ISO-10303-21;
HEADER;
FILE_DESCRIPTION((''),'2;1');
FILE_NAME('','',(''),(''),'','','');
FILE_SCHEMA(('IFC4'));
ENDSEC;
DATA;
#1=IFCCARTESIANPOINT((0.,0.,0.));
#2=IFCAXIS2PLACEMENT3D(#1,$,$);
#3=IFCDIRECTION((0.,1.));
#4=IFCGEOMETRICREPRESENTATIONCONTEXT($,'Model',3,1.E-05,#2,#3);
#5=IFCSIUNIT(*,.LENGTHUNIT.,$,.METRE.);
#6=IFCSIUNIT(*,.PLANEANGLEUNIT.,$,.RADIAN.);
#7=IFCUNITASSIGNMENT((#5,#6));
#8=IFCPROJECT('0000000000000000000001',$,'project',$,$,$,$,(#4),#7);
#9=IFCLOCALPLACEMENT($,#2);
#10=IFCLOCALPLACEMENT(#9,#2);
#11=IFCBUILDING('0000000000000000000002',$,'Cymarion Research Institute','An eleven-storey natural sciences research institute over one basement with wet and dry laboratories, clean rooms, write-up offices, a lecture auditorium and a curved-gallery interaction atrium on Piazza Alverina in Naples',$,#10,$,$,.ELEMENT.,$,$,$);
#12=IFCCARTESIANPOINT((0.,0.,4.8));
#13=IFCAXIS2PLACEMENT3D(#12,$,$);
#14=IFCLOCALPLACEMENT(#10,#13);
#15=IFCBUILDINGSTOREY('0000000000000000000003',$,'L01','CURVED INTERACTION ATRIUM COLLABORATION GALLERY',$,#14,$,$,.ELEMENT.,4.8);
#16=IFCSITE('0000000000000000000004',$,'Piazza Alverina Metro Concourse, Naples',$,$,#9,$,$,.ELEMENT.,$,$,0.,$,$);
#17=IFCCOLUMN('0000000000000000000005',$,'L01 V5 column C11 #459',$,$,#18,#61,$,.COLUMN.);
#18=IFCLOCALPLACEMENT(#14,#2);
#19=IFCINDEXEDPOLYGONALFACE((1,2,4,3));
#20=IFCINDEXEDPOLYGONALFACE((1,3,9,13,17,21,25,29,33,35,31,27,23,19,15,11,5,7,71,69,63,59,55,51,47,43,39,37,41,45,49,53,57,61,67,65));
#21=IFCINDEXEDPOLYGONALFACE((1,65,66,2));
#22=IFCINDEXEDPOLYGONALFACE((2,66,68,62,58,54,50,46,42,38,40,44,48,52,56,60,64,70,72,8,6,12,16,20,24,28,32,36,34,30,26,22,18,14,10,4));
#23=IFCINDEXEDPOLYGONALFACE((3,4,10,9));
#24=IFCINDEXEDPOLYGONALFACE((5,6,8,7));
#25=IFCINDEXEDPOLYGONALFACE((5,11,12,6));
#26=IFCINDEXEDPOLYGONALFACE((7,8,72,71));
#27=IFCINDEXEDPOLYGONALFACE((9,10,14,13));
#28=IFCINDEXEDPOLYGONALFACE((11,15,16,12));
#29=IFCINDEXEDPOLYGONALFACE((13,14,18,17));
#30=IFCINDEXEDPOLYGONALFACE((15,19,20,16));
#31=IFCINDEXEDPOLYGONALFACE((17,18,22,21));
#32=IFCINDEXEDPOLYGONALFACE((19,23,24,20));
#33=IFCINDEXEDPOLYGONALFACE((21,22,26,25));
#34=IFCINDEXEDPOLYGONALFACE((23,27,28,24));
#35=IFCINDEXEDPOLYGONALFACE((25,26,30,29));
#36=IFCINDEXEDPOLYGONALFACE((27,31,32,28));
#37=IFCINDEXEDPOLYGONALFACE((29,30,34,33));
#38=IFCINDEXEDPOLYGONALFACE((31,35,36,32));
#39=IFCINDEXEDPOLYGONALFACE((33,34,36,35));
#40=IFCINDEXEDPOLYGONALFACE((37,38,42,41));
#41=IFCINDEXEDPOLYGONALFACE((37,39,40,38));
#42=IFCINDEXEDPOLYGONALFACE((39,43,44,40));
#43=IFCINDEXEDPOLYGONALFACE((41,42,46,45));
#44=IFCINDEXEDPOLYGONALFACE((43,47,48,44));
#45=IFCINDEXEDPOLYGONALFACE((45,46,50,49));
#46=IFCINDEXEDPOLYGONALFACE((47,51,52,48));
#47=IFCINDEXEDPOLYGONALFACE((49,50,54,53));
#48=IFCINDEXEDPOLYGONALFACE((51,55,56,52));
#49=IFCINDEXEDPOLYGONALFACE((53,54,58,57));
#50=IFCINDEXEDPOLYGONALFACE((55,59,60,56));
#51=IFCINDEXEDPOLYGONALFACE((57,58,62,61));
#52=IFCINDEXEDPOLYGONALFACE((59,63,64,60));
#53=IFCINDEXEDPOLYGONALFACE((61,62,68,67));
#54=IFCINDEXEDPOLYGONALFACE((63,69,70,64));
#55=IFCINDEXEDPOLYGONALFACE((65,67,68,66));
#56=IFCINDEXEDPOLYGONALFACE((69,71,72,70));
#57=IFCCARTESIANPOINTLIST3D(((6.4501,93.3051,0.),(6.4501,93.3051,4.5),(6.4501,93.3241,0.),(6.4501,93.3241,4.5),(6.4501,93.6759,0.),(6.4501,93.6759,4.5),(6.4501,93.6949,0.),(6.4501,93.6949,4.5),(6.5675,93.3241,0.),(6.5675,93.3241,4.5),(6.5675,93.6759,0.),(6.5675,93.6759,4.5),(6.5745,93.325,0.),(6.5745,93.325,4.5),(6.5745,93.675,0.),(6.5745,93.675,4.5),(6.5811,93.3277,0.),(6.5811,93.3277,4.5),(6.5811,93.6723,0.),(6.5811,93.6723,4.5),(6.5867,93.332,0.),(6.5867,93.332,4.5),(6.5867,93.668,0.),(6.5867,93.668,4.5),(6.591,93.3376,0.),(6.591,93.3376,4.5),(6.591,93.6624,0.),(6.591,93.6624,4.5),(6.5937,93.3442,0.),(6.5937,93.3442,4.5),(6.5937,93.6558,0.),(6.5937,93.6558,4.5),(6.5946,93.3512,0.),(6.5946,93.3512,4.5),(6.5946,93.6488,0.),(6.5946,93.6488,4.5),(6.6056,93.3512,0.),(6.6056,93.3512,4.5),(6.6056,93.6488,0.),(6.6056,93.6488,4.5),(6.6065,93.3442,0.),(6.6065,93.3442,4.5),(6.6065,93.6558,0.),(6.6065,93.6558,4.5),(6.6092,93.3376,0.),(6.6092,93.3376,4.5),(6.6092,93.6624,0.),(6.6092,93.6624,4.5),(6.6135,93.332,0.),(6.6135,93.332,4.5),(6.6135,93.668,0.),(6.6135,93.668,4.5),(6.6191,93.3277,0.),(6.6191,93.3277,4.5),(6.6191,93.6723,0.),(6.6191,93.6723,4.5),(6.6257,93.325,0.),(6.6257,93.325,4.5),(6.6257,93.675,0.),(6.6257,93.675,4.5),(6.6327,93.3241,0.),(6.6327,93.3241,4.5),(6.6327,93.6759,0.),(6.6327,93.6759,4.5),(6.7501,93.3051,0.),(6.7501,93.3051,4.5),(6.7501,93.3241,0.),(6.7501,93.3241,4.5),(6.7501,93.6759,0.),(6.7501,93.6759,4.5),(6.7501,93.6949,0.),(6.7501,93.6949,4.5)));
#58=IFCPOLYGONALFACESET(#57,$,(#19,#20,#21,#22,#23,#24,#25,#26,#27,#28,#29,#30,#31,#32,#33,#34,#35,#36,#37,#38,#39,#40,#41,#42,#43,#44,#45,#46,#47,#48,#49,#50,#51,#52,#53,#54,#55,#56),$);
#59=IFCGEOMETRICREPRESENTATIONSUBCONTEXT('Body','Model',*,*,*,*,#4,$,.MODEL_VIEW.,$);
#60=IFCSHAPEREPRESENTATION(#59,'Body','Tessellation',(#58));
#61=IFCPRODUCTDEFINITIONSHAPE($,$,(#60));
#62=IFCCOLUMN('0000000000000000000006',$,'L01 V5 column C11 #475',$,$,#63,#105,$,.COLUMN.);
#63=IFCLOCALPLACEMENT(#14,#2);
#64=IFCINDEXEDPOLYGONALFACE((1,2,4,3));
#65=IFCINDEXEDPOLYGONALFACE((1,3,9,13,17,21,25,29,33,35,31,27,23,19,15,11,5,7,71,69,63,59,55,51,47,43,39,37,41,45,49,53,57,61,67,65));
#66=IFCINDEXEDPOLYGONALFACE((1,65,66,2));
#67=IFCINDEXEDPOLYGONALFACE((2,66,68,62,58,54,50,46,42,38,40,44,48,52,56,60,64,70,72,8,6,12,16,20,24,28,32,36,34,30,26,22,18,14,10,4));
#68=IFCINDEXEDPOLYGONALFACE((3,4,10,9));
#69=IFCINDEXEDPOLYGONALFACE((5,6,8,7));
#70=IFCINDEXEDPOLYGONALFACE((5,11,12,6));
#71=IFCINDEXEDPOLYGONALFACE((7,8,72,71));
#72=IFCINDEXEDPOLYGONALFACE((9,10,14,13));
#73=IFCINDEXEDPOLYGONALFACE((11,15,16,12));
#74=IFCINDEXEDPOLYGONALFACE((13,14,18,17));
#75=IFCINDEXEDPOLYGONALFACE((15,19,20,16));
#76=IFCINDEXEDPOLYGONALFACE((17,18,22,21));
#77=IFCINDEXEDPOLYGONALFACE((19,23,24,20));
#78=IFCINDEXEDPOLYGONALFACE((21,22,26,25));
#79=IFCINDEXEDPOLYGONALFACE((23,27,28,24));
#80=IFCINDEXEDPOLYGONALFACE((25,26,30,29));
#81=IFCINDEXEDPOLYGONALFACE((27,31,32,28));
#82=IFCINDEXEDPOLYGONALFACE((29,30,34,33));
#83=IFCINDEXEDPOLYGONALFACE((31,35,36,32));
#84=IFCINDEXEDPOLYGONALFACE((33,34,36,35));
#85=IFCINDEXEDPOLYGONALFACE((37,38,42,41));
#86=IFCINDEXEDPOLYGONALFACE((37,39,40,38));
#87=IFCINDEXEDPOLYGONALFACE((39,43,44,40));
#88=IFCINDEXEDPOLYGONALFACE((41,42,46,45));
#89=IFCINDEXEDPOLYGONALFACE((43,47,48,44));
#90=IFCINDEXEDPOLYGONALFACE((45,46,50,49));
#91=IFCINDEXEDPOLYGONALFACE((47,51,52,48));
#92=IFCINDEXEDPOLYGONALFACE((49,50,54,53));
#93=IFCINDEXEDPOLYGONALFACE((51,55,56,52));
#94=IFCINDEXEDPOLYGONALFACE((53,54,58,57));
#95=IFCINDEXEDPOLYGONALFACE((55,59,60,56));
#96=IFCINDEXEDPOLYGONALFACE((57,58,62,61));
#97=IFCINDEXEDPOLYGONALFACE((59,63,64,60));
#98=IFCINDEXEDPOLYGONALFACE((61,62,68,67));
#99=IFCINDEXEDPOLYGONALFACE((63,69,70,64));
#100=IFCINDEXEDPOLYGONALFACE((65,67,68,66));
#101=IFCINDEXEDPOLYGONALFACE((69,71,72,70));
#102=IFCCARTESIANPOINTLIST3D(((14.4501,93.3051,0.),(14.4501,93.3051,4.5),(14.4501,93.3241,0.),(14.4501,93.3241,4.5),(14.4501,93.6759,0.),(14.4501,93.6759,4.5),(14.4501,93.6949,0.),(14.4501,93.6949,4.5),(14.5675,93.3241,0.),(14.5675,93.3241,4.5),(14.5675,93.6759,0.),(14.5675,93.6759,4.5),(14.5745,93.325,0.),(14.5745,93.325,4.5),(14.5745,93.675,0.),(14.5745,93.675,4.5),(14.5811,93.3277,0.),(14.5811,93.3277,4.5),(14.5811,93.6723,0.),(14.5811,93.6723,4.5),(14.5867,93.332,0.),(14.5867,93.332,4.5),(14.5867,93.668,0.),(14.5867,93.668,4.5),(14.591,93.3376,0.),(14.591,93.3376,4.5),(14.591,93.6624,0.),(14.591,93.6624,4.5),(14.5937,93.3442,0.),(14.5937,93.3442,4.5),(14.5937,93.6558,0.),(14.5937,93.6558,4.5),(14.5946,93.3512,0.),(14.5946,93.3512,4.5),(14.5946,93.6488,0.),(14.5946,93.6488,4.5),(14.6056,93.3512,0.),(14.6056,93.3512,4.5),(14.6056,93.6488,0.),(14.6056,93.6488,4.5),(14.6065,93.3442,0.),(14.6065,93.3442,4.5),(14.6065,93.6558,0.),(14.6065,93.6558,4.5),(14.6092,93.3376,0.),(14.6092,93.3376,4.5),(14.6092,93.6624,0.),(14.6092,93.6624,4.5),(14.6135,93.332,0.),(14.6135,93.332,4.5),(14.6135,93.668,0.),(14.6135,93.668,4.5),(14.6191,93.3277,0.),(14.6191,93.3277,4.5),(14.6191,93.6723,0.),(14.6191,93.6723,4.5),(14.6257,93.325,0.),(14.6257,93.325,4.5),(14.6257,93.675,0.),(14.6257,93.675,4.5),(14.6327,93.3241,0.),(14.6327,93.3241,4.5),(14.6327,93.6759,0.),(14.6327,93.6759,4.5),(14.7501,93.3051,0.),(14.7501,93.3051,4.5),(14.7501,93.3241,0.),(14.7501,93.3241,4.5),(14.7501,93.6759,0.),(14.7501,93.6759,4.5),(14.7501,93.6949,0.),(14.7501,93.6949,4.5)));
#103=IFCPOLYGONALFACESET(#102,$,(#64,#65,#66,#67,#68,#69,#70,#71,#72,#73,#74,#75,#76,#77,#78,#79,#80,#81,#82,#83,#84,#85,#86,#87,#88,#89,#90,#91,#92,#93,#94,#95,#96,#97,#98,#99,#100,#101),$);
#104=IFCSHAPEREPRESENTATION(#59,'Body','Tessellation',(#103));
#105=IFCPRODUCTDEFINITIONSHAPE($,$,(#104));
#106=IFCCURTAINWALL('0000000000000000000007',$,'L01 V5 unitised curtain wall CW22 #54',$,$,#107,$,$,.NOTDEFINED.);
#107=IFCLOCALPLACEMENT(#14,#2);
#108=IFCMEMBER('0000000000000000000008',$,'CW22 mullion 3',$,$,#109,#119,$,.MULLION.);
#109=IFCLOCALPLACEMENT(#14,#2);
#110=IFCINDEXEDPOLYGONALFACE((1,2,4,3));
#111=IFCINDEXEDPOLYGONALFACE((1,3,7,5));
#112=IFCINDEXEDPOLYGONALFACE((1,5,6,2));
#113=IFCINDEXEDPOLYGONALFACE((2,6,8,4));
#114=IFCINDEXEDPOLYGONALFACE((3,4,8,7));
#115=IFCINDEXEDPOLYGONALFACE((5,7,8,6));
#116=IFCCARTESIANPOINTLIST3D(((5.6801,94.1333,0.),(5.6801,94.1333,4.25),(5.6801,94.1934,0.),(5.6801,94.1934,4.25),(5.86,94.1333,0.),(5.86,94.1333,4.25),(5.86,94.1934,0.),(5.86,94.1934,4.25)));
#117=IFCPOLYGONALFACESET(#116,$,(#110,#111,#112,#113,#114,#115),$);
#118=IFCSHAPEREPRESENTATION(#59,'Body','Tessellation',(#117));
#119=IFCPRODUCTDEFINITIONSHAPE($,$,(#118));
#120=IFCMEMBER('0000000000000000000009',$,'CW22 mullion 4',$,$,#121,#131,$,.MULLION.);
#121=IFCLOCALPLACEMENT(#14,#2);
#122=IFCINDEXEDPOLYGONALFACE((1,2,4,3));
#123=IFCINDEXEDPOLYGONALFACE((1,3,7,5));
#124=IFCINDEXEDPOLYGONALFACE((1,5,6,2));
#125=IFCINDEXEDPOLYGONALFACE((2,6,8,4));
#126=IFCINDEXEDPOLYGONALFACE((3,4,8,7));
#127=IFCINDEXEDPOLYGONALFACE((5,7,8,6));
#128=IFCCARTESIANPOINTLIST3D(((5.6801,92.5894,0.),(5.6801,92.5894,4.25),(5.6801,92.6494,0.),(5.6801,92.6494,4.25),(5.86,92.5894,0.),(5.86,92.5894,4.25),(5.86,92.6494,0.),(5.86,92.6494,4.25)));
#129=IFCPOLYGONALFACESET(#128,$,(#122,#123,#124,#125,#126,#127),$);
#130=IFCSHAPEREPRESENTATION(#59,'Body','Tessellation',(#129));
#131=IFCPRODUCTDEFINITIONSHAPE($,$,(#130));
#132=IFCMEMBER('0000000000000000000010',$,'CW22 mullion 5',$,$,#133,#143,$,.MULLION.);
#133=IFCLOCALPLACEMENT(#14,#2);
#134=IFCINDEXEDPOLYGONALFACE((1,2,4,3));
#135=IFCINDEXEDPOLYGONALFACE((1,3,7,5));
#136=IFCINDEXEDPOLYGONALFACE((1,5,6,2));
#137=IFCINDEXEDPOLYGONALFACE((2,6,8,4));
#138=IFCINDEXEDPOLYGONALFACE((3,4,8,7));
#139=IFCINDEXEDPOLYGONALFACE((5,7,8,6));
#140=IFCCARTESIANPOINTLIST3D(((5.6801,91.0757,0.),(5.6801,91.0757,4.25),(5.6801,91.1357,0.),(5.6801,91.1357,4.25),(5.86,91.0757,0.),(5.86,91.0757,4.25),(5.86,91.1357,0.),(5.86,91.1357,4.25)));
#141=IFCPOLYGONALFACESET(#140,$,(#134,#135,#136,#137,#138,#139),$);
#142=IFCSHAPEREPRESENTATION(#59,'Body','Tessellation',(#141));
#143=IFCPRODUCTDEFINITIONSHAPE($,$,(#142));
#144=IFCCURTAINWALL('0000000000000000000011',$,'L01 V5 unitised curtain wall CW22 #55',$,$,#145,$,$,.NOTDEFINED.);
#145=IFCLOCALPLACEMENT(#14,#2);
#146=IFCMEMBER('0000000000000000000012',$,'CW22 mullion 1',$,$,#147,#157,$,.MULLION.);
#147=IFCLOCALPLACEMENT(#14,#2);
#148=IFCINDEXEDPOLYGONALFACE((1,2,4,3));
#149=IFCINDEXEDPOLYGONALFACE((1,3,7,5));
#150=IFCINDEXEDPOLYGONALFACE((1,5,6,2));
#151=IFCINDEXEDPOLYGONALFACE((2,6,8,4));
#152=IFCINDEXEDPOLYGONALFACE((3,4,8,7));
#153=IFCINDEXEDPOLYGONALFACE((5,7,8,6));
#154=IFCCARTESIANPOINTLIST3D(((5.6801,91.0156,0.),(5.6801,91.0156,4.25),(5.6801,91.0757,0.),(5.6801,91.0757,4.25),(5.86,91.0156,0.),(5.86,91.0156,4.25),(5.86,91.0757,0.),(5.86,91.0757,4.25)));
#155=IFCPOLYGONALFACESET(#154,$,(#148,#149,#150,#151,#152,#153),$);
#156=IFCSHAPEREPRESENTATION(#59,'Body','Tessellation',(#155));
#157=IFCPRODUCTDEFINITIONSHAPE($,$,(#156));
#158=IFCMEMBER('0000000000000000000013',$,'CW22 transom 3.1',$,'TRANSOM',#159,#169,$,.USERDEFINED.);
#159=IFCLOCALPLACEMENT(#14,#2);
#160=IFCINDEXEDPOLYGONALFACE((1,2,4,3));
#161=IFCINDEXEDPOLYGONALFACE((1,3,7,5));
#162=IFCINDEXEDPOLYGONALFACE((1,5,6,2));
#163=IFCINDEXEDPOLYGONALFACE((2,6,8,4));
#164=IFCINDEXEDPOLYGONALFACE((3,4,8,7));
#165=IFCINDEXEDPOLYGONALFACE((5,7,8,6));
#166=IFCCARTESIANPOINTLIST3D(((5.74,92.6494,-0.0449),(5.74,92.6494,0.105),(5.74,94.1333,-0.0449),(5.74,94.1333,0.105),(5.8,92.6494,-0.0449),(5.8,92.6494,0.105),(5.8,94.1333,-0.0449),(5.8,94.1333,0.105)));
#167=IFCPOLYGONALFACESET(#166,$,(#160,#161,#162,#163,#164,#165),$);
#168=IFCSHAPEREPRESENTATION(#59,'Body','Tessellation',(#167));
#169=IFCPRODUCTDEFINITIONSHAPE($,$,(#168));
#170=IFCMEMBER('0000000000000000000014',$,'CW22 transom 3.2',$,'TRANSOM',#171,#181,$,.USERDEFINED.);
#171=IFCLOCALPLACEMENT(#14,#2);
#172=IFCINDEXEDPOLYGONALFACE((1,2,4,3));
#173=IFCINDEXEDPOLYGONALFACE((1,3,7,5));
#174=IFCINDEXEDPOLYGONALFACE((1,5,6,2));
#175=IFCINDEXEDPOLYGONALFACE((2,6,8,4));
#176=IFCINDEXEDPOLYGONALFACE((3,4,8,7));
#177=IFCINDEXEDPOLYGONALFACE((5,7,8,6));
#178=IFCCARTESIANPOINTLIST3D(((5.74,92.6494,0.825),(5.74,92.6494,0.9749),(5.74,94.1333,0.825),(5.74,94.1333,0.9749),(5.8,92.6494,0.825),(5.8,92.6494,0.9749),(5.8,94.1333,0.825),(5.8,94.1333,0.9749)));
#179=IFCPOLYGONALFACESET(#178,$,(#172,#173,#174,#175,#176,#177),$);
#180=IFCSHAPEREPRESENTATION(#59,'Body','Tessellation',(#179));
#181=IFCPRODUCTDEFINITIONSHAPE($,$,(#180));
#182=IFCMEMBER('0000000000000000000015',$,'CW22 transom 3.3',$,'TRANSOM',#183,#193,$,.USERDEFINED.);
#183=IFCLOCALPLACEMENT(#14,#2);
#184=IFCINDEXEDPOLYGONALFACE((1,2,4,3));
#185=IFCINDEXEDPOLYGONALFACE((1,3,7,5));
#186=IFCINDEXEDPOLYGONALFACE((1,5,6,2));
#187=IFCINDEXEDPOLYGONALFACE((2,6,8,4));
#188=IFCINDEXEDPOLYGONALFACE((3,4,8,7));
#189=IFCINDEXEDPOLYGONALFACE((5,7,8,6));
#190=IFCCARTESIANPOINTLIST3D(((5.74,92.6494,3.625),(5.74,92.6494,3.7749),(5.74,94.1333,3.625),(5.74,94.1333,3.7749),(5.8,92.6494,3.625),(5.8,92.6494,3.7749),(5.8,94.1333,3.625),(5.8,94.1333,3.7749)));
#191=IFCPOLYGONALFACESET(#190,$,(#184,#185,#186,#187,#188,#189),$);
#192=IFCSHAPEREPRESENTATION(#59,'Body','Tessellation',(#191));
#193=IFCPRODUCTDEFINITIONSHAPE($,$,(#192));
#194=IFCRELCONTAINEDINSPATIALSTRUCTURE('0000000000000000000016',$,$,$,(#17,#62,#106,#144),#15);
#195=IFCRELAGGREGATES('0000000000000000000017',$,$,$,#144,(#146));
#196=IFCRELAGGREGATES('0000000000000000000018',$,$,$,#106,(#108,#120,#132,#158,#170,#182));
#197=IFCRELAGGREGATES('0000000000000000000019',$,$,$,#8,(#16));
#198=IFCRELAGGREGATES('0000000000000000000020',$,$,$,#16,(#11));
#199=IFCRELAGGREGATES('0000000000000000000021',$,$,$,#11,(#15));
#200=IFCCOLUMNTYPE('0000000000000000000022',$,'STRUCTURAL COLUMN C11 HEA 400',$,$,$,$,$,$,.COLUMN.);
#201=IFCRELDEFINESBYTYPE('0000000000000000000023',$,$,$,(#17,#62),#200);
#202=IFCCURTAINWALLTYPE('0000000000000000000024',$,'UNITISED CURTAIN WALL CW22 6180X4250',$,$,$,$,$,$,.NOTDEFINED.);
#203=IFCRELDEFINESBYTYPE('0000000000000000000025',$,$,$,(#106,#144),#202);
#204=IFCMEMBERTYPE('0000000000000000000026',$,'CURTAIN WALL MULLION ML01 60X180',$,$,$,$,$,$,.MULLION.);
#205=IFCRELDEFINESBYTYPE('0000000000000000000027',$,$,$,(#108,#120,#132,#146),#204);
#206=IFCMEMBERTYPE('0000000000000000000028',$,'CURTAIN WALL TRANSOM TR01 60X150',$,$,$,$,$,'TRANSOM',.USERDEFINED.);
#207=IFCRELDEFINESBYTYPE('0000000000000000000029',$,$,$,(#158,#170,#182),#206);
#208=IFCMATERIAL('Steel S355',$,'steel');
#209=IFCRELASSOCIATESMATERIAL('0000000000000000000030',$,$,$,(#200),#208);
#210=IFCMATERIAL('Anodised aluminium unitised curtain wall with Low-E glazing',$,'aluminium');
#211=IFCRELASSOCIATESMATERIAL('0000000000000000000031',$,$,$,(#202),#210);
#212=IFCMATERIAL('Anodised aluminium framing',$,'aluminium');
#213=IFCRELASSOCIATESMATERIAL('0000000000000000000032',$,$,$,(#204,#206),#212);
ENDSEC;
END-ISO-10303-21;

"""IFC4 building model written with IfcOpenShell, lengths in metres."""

from ifc_helpers import new_model, si_unit, direction, frame, origin, origin_2d, place, context, subcontext, project, spatial, rectangle, i_section, extrude, material, material_profile, profile_set, type_object, element, aggregate, save


model = new_model("IFC4")

# Units and contexts
model_context = context("Model", 3, precision=1e-05, world=origin(), true_north=direction((0.0, 1.0)))
body_context = subcontext(model_context, "Body", "Model", "MODEL_VIEW")
ifc_project = project(units=[si_unit("LENGTHUNIT", "METRE"), si_unit("PLANEANGLEUNIT", "RADIAN")], contexts=[model_context])

# Site, building, storey
site_placement = place(None, origin())
site = spatial("IfcSite", under=ifc_project, at=site_placement, Name="Piazza Alverina Metro Concourse, Naples", CompositionType="ELEMENT", RefElevation=0.0)
building_placement = place(site_placement, origin())
building = spatial("IfcBuilding", under=site, at=building_placement, Name="Cymarion Research Institute", Description="An eleven-storey natural sciences research institute over one basement with wet and dry laboratories, clean rooms, write-up offices, a lecture auditorium and a curved-gallery interaction atrium on Piazza Alverina in Naples", CompositionType="ELEMENT")
storey_placement = place(building_placement, frame((0.0, 0.0, 4.8)))
storey = spatial("IfcBuildingStorey", under=building, at=storey_placement, Name="L01", Description="CURVED INTERACTION ATRIUM COLLABORATION GALLERY", CompositionType="ELEMENT", Elevation=4.8)

# Columns
ifc_material_1 = material(Name="Steel S355", Category="steel")
ifc_material_profile_1 = material_profile(ifc_material_1, i_section(OverallWidth=0.3, OverallDepth=0.3899, WebThickness=0.011, FlangeThickness=0.019, FilletRadius=0.0271, at=origin_2d()), Name="HEA 400")
ifc_profile_set_1 = profile_set([ifc_material_profile_1], Name="Steel S355")
column_type = type_object("IfcColumnType", Name="STRUCTURAL COLUMN C11 HEA 400", PredefinedType="COLUMN", material=ifc_profile_set_1)
for number, where, z_axis, x_axis, name in (
    (1, (6.6001, 93.5, 0.0), (0.0, 0.0, 1.0), (1.0, 0.0, 0.0), "L01 V5 column C11 #459"),
    (2, (14.6001, 93.5, 0.0), (0.0, 0.0, 1.0), (1.0, 0.0, 0.0), "L01 V5 column C11 #475"),
):
    element("IfcColumn", number, at=place(storey_placement, frame(where, z_axis=z_axis, x_axis=x_axis)), inside=storey, type_object=column_type, Name=name, PredefinedType="COLUMN", context=body_context, shape_type="SweptSolid", body=[
        extrude(i_section(OverallWidth=0.3, OverallDepth=0.3899, WebThickness=0.011, FlangeThickness=0.019, FilletRadius=0.0271, at=origin_2d()), origin(), (0.0, 0.0, 1.0), 4.5),
    ])

# Curtain wall, members
ifc_material_2 = material(Name="Anodised aluminium unitised curtain wall with Low-E glazing", Category="aluminium")
curtain_wall_type = type_object("IfcCurtainWallType", Name="UNITISED CURTAIN WALL CW22 6180X4250", PredefinedType="NOTDEFINED", material=ifc_material_2)
curtain_wall_1_placement = place(storey_placement, origin())
curtain_wall_1 = element("IfcCurtainWall", 3, at=curtain_wall_1_placement, inside=storey, type_object=curtain_wall_type, Name="L01 V5 unitised curtain wall CW22 #54", PredefinedType="NOTDEFINED")
ifc_material_3 = material(Name="Anodised aluminium framing", Category="aluminium")
ifc_material_profile_2 = material_profile(ifc_material_3, rectangle(XDim=0.0601, YDim=0.1799, at=origin_2d()), Name="ALU MULLION 60x180")
ifc_profile_set_2 = profile_set([ifc_material_profile_2], Name="Anodised aluminium framing")
member_type_1 = type_object("IfcMemberType", Name="CURTAIN WALL MULLION ML01 60X180", PredefinedType="MULLION", material=ifc_profile_set_2)
member_1_placement = place(storey_placement, frame((5.77, 94.1633, 0.0), z_axis=(0.0, 0.0, 1.0), x_axis=(0.0, -1.0, 0.0)))
member_1 = element("IfcMember", 4, at=member_1_placement, type_object=member_type_1, Name="CW22 mullion 3", PredefinedType="MULLION", context=body_context, shape_type="SweptSolid", body=[
    extrude(rectangle(XDim=0.0601, YDim=0.1799, at=origin_2d()), origin(), (0.0, 0.0, 1.0), 4.25),
])
member_2_placement = place(storey_placement, frame((5.77, 92.6194, 0.0), z_axis=(0.0, 0.0, 1.0), x_axis=(0.0, -1.0, 0.0)))
member_2 = element("IfcMember", 5, at=member_2_placement, type_object=member_type_1, Name="CW22 mullion 4", PredefinedType="MULLION", context=body_context, shape_type="SweptSolid", body=[
    extrude(rectangle(XDim=0.0601, YDim=0.1799, at=origin_2d()), origin(), (0.0, 0.0, 1.0), 4.25),
])
member_3_placement = place(storey_placement, frame((5.77, 91.1057, 0.0), z_axis=(0.0, 0.0, 1.0), x_axis=(0.0, -1.0, 0.0)))
member_3 = element("IfcMember", 6, at=member_3_placement, type_object=member_type_1, Name="CW22 mullion 5", PredefinedType="MULLION", context=body_context, shape_type="SweptSolid", body=[
    extrude(rectangle(XDim=0.0601, YDim=0.1799, at=origin_2d()), origin(), (0.0, 0.0, 1.0), 4.25),
])

# Curtain wall, member
curtain_wall_2_placement = place(storey_placement, origin())
curtain_wall_2 = element("IfcCurtainWall", 7, at=curtain_wall_2_placement, inside=storey, type_object=curtain_wall_type, Name="L01 V5 unitised curtain wall CW22 #55", PredefinedType="NOTDEFINED")
member_4_placement = place(storey_placement, frame((5.77, 91.0457, 0.0), z_axis=(0.0, 0.0, 1.0), x_axis=(0.0, -1.0, 0.0)))
member_4 = element("IfcMember", 8, at=member_4_placement, type_object=member_type_1, Name="CW22 mullion 1", PredefinedType="MULLION", context=body_context, shape_type="SweptSolid", body=[
    extrude(rectangle(XDim=0.0601, YDim=0.1799, at=origin_2d()), origin(), (0.0, 0.0, 1.0), 4.25),
])

# Members
ifc_material_profile_3 = material_profile(ifc_material_3, rectangle(XDim=0.0601, YDim=0.1499, at=origin_2d()), Name="ALU TRANSOM 60x150")
ifc_profile_set_3 = profile_set([ifc_material_profile_3], Name="Anodised aluminium framing")
member_type_2 = type_object("IfcMemberType", Name="CURTAIN WALL TRANSOM TR01 60X150", ElementType="TRANSOM", PredefinedType="USERDEFINED", material=ifc_profile_set_3)
member_5_placement = place(storey_placement, frame((5.77, 94.1333, 0.03), z_axis=(0.0, -1.0, 0.0), x_axis=(1.0, 0.0, 0.0)))
member_5 = element("IfcMember", 9, at=member_5_placement, type_object=member_type_2, Name="CW22 transom 3.1", ObjectType="TRANSOM", PredefinedType="USERDEFINED", context=body_context, shape_type="SweptSolid", body=[
    extrude(rectangle(XDim=0.0601, YDim=0.1499, at=origin_2d()), origin(), (0.0, 0.0, 1.0), 1.4839),
])
member_6_placement = place(storey_placement, frame((5.77, 94.1333, 0.8999), z_axis=(0.0, -1.0, 0.0), x_axis=(1.0, 0.0, 0.0)))
member_6 = element("IfcMember", 10, at=member_6_placement, type_object=member_type_2, Name="CW22 transom 3.2", ObjectType="TRANSOM", PredefinedType="USERDEFINED", context=body_context, shape_type="SweptSolid", body=[
    extrude(rectangle(XDim=0.0601, YDim=0.1499, at=origin_2d()), origin(), (0.0, 0.0, 1.0), 1.4839),
])
member_7_placement = place(storey_placement, frame((5.77, 94.1333, 3.7), z_axis=(0.0, -1.0, 0.0), x_axis=(1.0, 0.0, 0.0)))
member_7 = element("IfcMember", 11, at=member_7_placement, type_object=member_type_2, Name="CW22 transom 3.3", ObjectType="TRANSOM", PredefinedType="USERDEFINED", context=body_context, shape_type="SweptSolid", body=[
    extrude(rectangle(XDim=0.0601, YDim=0.1499, at=origin_2d()), origin(), (0.0, 0.0, 1.0), 1.4839),
])
aggregate(curtain_wall_2, [member_4])

aggregate(curtain_wall_1, [member_1, member_2, member_3, member_5, member_6, member_7])

save(model, "model.ifc")
